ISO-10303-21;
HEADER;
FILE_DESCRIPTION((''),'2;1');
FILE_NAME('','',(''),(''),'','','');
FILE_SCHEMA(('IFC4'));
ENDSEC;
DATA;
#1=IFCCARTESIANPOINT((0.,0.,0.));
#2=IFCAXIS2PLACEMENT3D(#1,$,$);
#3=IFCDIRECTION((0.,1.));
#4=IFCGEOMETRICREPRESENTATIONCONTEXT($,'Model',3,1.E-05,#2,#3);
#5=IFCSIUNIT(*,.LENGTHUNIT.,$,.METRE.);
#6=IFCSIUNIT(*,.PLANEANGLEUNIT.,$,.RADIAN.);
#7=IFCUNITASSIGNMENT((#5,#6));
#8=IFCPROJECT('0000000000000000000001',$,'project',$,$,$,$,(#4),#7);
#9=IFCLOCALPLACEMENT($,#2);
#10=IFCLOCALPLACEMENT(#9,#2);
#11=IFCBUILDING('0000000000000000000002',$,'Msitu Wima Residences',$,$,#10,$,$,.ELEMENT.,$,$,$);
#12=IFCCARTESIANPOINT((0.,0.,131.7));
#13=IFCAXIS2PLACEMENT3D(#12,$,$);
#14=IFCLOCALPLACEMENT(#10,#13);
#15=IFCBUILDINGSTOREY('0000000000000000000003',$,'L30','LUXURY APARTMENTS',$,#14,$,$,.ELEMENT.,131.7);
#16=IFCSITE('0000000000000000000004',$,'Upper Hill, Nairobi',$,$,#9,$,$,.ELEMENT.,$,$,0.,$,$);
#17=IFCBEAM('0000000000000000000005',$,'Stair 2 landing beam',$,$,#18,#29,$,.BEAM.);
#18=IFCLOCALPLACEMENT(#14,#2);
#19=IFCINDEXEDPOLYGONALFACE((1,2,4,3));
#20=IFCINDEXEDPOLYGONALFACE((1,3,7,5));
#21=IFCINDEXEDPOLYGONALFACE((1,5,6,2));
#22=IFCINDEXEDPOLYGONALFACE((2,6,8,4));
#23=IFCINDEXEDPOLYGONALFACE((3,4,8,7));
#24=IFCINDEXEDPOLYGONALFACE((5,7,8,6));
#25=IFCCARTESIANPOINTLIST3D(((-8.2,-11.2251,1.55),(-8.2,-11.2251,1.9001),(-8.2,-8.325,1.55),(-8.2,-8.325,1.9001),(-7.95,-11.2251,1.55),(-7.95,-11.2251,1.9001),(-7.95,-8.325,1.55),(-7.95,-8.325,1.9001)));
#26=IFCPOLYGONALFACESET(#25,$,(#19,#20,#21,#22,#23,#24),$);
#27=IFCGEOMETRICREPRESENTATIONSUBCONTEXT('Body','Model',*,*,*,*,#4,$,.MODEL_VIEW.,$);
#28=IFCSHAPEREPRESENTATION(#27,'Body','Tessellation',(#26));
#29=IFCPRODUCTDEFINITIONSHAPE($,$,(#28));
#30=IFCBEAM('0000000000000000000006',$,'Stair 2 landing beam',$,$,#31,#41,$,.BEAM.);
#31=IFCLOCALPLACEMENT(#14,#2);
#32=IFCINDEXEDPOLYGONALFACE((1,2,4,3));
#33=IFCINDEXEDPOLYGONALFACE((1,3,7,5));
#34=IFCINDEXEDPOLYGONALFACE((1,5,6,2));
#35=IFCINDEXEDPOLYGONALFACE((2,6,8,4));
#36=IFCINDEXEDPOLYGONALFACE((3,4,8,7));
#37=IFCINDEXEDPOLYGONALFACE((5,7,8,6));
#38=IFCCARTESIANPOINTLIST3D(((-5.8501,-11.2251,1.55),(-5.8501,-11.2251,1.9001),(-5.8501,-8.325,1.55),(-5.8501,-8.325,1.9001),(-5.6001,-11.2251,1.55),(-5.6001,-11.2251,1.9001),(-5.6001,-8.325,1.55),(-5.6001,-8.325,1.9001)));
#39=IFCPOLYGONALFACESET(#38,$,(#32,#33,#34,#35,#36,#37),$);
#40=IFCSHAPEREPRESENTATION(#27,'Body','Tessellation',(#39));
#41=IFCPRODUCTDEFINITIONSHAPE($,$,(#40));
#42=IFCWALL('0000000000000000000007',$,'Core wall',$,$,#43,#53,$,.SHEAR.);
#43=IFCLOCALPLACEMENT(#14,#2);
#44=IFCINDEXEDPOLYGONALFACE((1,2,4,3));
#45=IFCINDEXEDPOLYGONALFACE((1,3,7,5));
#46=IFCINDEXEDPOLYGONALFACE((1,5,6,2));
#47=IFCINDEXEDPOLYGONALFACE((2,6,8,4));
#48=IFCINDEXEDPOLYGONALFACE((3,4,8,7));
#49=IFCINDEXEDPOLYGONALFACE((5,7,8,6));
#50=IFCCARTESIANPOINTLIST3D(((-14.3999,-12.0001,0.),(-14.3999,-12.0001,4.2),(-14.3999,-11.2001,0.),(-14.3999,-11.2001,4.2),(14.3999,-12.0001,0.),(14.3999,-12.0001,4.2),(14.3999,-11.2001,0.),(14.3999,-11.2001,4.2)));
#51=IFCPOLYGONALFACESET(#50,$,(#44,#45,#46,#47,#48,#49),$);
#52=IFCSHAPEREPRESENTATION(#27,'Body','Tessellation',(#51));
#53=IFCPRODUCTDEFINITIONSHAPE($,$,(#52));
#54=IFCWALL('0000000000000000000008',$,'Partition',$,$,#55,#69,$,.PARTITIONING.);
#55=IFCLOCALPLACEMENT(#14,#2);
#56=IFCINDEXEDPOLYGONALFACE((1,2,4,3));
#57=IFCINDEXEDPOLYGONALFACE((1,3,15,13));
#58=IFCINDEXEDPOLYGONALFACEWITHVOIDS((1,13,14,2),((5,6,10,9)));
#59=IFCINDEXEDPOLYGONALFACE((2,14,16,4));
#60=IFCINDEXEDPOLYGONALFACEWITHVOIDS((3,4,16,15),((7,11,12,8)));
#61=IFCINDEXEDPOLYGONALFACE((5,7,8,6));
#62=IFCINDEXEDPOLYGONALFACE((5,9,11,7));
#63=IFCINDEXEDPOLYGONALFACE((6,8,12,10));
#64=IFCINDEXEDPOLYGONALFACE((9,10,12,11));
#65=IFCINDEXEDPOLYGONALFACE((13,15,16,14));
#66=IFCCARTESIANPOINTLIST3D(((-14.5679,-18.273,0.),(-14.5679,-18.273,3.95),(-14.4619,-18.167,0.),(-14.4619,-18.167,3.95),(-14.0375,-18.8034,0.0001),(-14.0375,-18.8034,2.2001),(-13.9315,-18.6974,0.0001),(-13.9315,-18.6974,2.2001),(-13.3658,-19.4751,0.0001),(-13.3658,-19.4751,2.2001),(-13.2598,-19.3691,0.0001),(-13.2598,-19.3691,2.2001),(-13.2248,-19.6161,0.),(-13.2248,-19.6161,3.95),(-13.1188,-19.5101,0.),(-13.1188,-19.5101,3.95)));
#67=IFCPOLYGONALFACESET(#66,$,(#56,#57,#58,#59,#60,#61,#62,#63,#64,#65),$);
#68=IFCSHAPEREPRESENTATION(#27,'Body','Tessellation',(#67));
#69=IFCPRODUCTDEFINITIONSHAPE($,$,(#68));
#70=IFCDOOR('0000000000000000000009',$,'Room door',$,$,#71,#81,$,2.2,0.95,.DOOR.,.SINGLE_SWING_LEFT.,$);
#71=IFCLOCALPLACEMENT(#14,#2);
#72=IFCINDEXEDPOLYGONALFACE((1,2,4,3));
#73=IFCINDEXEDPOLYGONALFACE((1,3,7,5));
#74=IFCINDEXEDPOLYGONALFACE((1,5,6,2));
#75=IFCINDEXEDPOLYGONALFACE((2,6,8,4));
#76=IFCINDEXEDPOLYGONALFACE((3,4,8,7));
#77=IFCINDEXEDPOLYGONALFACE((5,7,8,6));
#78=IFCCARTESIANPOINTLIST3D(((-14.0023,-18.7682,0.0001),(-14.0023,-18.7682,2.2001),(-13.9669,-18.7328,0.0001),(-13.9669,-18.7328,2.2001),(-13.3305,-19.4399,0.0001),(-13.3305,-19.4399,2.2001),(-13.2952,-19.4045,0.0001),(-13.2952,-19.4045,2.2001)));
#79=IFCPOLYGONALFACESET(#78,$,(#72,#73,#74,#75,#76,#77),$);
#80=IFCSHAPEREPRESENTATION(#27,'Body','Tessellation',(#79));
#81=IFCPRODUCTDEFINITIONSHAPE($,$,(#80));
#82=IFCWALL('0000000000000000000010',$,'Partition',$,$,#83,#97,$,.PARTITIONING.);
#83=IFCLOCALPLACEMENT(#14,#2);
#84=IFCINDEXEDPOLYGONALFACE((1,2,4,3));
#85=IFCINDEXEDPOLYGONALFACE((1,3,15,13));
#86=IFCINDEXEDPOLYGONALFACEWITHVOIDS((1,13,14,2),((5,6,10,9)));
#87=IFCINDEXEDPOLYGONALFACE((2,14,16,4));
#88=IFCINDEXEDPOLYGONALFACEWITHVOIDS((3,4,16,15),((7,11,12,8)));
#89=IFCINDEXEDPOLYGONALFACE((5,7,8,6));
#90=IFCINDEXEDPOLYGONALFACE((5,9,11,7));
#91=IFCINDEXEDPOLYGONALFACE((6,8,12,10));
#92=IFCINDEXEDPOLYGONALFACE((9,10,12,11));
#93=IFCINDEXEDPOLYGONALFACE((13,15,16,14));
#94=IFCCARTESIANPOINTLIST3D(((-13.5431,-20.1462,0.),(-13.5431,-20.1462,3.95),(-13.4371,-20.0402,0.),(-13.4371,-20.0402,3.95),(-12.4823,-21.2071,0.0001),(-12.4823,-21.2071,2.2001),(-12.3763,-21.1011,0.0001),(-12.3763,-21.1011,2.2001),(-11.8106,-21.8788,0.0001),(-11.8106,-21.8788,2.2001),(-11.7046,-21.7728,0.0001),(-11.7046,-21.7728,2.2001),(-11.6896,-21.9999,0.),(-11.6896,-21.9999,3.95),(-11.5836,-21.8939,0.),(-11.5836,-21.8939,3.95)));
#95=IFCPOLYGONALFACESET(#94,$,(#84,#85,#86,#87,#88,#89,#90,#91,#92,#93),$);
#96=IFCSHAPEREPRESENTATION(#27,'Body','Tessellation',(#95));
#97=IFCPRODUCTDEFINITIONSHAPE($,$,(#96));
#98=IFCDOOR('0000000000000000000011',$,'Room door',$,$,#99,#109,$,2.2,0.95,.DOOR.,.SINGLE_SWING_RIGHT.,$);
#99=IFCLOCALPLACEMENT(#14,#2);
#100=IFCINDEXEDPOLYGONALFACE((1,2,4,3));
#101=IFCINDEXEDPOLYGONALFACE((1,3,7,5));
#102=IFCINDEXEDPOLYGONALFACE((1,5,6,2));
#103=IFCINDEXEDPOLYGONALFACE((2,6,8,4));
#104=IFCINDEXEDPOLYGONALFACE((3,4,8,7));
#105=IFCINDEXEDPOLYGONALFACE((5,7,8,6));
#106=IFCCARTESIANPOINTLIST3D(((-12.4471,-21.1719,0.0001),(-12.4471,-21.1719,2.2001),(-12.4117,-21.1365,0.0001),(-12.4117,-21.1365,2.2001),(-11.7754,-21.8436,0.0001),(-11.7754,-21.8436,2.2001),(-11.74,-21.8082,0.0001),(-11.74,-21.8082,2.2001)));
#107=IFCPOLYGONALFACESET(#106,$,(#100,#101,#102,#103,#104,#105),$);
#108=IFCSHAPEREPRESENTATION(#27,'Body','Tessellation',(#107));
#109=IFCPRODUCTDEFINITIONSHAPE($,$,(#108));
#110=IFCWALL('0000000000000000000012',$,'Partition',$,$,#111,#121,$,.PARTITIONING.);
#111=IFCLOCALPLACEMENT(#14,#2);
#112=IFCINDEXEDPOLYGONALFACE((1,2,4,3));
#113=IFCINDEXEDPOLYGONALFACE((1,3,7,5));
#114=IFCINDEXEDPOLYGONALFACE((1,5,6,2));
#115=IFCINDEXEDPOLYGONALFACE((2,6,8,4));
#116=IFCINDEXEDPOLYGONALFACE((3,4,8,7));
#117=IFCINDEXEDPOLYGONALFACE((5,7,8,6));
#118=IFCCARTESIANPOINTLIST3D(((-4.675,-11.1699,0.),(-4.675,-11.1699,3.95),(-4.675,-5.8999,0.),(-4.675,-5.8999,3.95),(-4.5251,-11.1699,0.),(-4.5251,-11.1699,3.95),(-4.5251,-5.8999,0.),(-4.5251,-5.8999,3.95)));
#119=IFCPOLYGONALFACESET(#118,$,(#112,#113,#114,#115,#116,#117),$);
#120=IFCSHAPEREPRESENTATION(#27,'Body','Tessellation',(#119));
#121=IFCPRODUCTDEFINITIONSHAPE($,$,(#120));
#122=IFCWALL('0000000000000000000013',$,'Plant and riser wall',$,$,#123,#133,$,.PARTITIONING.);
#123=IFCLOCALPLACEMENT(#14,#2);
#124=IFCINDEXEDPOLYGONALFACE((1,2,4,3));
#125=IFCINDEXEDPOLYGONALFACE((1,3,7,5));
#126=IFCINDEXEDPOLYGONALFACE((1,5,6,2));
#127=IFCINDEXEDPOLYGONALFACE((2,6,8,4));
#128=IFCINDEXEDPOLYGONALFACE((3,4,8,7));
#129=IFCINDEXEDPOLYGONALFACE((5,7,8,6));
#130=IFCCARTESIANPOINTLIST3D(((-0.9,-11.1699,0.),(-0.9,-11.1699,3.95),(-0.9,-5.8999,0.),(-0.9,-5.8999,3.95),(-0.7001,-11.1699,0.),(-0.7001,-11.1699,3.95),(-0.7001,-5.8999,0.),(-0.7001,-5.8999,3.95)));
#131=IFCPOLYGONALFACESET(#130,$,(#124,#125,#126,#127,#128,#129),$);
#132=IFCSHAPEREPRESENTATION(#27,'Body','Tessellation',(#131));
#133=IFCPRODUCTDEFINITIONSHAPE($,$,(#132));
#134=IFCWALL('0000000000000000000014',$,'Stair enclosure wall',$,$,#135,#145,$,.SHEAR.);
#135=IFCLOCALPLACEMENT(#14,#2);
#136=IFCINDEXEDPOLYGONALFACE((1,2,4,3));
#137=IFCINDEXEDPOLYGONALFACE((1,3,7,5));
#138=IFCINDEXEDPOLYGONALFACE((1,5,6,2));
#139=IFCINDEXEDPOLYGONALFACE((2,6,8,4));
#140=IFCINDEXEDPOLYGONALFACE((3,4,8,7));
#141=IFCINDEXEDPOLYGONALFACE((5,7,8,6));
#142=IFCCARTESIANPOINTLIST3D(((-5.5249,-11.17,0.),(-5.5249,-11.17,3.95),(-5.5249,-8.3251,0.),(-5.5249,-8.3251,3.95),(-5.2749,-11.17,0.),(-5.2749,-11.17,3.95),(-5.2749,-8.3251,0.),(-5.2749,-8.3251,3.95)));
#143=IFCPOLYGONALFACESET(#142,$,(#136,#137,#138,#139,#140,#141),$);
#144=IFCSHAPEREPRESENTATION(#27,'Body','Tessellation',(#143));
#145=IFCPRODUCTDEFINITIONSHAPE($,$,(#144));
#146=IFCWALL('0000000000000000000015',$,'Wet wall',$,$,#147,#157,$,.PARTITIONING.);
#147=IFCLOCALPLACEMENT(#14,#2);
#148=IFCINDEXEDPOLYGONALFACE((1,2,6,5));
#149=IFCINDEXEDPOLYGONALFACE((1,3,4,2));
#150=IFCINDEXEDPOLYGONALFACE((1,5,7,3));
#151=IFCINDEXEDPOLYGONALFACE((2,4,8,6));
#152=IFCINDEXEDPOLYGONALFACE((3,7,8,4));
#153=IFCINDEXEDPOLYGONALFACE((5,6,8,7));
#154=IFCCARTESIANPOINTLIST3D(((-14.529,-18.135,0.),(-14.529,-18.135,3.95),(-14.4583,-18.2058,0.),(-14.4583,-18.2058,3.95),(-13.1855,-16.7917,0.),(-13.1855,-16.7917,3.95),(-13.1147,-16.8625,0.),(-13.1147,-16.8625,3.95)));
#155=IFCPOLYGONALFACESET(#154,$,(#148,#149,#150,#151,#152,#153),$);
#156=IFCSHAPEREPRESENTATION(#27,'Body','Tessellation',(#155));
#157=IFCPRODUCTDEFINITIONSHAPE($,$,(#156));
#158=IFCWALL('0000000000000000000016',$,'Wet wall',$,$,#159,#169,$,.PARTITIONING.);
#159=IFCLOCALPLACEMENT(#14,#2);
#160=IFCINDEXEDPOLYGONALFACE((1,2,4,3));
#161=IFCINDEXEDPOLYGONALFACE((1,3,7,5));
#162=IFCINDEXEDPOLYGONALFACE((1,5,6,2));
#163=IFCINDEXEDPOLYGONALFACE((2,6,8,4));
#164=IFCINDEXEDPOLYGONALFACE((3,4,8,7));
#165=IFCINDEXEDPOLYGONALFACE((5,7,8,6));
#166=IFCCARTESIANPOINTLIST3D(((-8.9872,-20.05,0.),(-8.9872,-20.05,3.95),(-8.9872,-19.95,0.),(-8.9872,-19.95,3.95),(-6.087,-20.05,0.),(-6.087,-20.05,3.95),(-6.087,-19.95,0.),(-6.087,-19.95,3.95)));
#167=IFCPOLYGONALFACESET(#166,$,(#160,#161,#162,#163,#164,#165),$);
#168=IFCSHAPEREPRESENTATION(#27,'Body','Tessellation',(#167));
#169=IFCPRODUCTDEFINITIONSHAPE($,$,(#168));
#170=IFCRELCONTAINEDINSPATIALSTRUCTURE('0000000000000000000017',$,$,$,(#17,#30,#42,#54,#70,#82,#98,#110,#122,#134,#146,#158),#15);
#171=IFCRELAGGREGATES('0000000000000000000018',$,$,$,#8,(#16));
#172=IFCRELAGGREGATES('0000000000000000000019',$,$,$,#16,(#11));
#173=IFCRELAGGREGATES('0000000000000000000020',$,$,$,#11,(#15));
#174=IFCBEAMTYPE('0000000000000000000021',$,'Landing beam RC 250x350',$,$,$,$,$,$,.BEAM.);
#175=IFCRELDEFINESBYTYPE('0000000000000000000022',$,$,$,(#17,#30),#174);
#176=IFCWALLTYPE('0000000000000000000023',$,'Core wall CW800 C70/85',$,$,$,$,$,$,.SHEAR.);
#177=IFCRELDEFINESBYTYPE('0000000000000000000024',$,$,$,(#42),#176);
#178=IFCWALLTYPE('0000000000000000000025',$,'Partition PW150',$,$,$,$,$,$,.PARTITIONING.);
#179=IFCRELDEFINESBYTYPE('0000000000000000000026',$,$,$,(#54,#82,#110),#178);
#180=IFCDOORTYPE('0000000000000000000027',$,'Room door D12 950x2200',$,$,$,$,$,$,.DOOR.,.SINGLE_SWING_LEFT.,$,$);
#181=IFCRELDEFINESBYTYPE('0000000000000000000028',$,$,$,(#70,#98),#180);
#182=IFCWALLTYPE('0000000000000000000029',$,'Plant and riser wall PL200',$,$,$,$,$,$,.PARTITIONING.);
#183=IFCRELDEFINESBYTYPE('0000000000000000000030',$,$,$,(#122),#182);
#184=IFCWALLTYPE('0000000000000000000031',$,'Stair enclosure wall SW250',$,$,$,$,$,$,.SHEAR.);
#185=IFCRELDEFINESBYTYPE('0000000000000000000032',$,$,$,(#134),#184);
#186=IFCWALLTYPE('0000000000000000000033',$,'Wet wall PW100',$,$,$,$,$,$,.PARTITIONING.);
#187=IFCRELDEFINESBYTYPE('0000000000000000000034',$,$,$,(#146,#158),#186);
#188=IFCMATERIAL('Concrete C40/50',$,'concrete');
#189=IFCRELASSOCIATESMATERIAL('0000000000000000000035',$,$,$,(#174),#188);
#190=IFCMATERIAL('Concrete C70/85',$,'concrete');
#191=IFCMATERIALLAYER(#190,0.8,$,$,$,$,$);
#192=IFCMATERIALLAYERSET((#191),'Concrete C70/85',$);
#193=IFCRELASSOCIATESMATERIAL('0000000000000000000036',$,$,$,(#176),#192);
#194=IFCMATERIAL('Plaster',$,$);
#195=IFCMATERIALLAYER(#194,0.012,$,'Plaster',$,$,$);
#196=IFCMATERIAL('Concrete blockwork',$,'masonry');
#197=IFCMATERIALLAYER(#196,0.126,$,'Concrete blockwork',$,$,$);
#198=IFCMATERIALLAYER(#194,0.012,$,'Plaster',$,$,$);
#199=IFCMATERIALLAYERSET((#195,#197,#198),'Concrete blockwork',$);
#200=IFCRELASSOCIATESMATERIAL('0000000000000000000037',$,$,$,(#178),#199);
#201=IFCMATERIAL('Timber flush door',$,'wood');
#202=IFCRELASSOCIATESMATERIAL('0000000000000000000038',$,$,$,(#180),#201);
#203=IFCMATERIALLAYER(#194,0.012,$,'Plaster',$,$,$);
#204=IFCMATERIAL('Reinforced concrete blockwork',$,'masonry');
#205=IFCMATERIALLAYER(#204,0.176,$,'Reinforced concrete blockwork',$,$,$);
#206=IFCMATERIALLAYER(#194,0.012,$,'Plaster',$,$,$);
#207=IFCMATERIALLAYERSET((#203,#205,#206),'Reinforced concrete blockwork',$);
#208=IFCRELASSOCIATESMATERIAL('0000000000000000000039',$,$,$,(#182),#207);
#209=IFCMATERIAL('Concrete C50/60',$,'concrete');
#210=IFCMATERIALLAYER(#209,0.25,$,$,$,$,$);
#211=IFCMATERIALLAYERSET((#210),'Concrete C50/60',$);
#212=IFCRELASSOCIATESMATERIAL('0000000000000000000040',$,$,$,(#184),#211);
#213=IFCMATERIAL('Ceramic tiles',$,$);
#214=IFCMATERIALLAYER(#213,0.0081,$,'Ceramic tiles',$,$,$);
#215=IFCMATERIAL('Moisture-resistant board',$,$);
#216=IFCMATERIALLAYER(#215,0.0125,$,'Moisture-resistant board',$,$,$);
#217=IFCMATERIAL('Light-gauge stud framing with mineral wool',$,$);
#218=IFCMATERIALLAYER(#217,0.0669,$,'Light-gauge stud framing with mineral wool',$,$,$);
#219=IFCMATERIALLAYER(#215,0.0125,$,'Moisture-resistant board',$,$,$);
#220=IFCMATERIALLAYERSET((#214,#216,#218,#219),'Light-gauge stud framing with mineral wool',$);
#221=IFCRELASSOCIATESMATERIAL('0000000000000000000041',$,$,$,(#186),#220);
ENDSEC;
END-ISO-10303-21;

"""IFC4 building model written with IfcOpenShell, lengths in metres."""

from ifc_helpers import new_model, si_unit, direction, frame, frame_2d, origin, origin_2d, place, context, subcontext, project, spatial, rectangle, extrude, material, layer, layer_set, material_profile, profile_set, type_object, element, fill, save


model = new_model("IFC4")

# Units and contexts
model_context = context("Model", 3, precision=1e-05, world=origin(), true_north=direction((0.0, 1.0)))
body_context = subcontext(model_context, "Body", "Model", "MODEL_VIEW")
ifc_project = project(units=[si_unit("LENGTHUNIT", "METRE"), si_unit("PLANEANGLEUNIT", "RADIAN")], contexts=[model_context])

# Site, building, storey
site_placement = place(None, origin())
site = spatial("IfcSite", under=ifc_project, at=site_placement, Name="Upper Hill, Nairobi", CompositionType="ELEMENT", RefElevation=0.0)
building_placement = place(site_placement, origin())
building = spatial("IfcBuilding", under=site, at=building_placement, Name="Msitu Wima Residences", CompositionType="ELEMENT")
storey_placement = place(building_placement, frame((0.0, 0.0, 131.7)))
storey = spatial("IfcBuildingStorey", under=building, at=storey_placement, Name="L30", Description="LUXURY APARTMENTS", CompositionType="ELEMENT", Elevation=131.7)

# Beams
ifc_material_1 = material(Name="Concrete C40/50", Category="concrete")
ifc_material_profile = material_profile(ifc_material_1, rectangle(XDim=0.25, YDim=0.3501, at=origin_2d()), Name="RC 250x350")
ifc_profile_set = profile_set([ifc_material_profile], Name="Concrete C40/50")
beam_type = type_object("IfcBeamType", Name="Landing beam RC 250x350", PredefinedType="BEAM", material=ifc_profile_set)
for number, where, z_axis, x_axis, name in (
    (1, (-8.075, -11.2251, 1.7251), (0.0, 1.0, 0.0), (-1.0, 0.0, 0.0), "Stair 2 landing beam"),
    (2, (-5.7251, -11.2251, 1.7251), (0.0, 1.0, 0.0), (-1.0, 0.0, 0.0), "Stair 2 landing beam"),
):
    element("IfcBeam", number, at=place(storey_placement, frame(where, z_axis=z_axis, x_axis=x_axis)), inside=storey, type_object=beam_type, Name=name, PredefinedType="BEAM", context=body_context, shape_type="SweptSolid", body=[
        extrude(rectangle(XDim=0.25, YDim=0.3501, at=origin_2d()), origin(), (0.0, 0.0, 1.0), 2.9001),
    ])

# Wall
ifc_material_2 = material(Name="Concrete C70/85", Category="concrete")
ifc_layer_1 = layer(ifc_material_2, 0.8)
ifc_layer_set_1 = layer_set([ifc_layer_1], Name="Concrete C70/85")
wall_type_1 = type_object("IfcWallType", Name="Core wall CW800 C70/85", PredefinedType="SHEAR", material=ifc_layer_set_1)
wall_1_placement = place(storey_placement, frame((-14.3999, -11.6001, 0.0), z_axis=(0.0, 0.0, 1.0), x_axis=(1.0, 0.0, 0.0)))
element("IfcWall", 3, at=wall_1_placement, inside=storey, type_object=wall_type_1, Name="Core wall", PredefinedType="SHEAR", context=body_context, shape_type="SweptSolid", body=[
    extrude(rectangle(XDim=28.7998, YDim=0.8, at=frame_2d((14.3999, 0.0))), origin(), (0.0, 0.0, 1.0), 4.2),
])

# Walls, openings, doors
ifc_material_3 = material(Name="Plaster")
ifc_layer_2 = layer(ifc_material_3, 0.012, Name="Plaster")
ifc_material_4 = material(Name="Concrete blockwork", Category="masonry")
ifc_layer_3 = layer(ifc_material_4, 0.126, Name="Concrete blockwork")
ifc_layer_4 = layer(ifc_material_3, 0.012, Name="Plaster")
ifc_layer_set_2 = layer_set([ifc_layer_2, ifc_layer_3, ifc_layer_4], Name="Concrete blockwork")
wall_type_2 = type_object("IfcWallType", Name="Partition PW150", PredefinedType="PARTITIONING", material=ifc_layer_set_2)
wall_2_placement = place(storey_placement, frame((-14.5149, -18.22, 0.0), z_axis=(0.0, 0.0, 1.0), x_axis=(0.707107, -0.707107, 0.0)))
wall_2 = element("IfcWall", 4, at=wall_2_placement, inside=storey, type_object=wall_type_2, Name="Partition", PredefinedType="PARTITIONING", context=body_context, shape_type="SweptSolid", body=[
    extrude(rectangle(XDim=1.8994, YDim=0.1499, at=frame_2d((0.9497, 0.0))), origin(), (0.0, 0.0, 1.0), 3.95),
])
opening_1_placement = place(wall_2_placement, frame((0.75, 0.0, 0.0)))
opening_1 = element("IfcOpeningElement", 5, at=opening_1_placement, cuts=wall_2, PredefinedType="OPENING", context=body_context, shape_type="SweptSolid", body=[
    extrude(rectangle(XDim=0.95, YDim=2.2, at=frame_2d((0.4751, 1.1001))), frame((0.0, 0.085, 0.0), z_axis=(0.0, -1.0, 0.0), x_axis=(1.0, 0.0, 0.0)), (0.0, 0.0, 1.0), 0.1699),
])
ifc_material_5 = material(Name="Timber flush door", Category="wood")
door_type_1 = type_object("IfcDoorType", Name="Room door D12 950x2200", OperationType="SINGLE_SWING_LEFT", PredefinedType="DOOR", material=ifc_material_5)
door_1_placement = place(opening_1_placement, origin())
door_1 = element("IfcDoor", 6, at=door_1_placement, inside=storey, type_object=door_type_1, Name="Room door", OperationType="SINGLE_SWING_LEFT", OverallHeight=2.2, OverallWidth=0.95, PredefinedType="DOOR", context=body_context, shape_type="SweptSolid", body=[
    extrude(rectangle(XDim=0.95, YDim=2.2, at=frame_2d((0.4751, 1.1001))), frame((0.0, 0.0249, 0.0), z_axis=(0.0, -1.0, 0.0), x_axis=(1.0, 0.0, 0.0)), (0.0, 0.0, 1.0), 0.05),
])
fill(opening_1, door_1)
wall_3_placement = place(storey_placement, frame((-13.49, -20.0933, 0.0), z_axis=(0.0, 0.0, 1.0), x_axis=(0.70706, -0.707153, 0.0)))
wall_3 = element("IfcWall", 7, at=wall_3_placement, inside=storey, type_object=wall_type_2, Name="Partition", PredefinedType="PARTITIONING", context=body_context, shape_type="SweptSolid", body=[
    extrude(rectangle(XDim=2.6213, YDim=0.1499, at=frame_2d((1.3105, 0.0))), origin(), (0.0, 0.0, 1.0), 3.95),
])
opening_2_placement = place(wall_3_placement, frame((1.5, 0.0, 0.0)))
opening_2 = element("IfcOpeningElement", 8, at=opening_2_placement, cuts=wall_3, PredefinedType="OPENING", context=body_context, shape_type="SweptSolid", body=[
    extrude(rectangle(XDim=0.95, YDim=2.2, at=frame_2d((0.4751, 1.1001))), frame((0.0, 0.085, 0.0), z_axis=(0.0, -1.0, 0.0), x_axis=(1.0, 0.0, 0.0)), (0.0, 0.0, 1.0), 0.1699),
])
door_2_placement = place(opening_2_placement, origin())
door_2 = element("IfcDoor", 9, at=door_2_placement, inside=storey, type_object=door_type_1, Name="Room door", OperationType="SINGLE_SWING_RIGHT", OverallHeight=2.2, OverallWidth=0.95, PredefinedType="DOOR", context=body_context, shape_type="SweptSolid", body=[
    extrude(rectangle(XDim=0.95, YDim=2.2, at=frame_2d((0.4751, 1.1001))), frame((0.0, 0.0249, 0.0), z_axis=(0.0, -1.0, 0.0), x_axis=(1.0, 0.0, 0.0)), (0.0, 0.0, 1.0), 0.05),
])
fill(opening_2, door_2)

# Walls
wall_4_placement = place(storey_placement, frame((-4.6001, -11.1699, 0.0), z_axis=(0.0, 0.0, 1.0), x_axis=(0.0, 1.0, 0.0)))
element("IfcWall", 10, at=wall_4_placement, inside=storey, type_object=wall_type_2, Name="Partition", PredefinedType="PARTITIONING", context=body_context, shape_type="SweptSolid", body=[
    extrude(rectangle(XDim=5.27, YDim=0.1499, at=frame_2d((2.635, 0.0))), origin(), (0.0, 0.0, 1.0), 3.95),
])
ifc_layer_5 = layer(ifc_material_3, 0.012, Name="Plaster")
ifc_material_6 = material(Name="Reinforced concrete blockwork", Category="masonry")
ifc_layer_6 = layer(ifc_material_6, 0.176, Name="Reinforced concrete blockwork")
ifc_layer_7 = layer(ifc_material_3, 0.012, Name="Plaster")
ifc_layer_set_3 = layer_set([ifc_layer_5, ifc_layer_6, ifc_layer_7], Name="Reinforced concrete blockwork")
wall_type_3 = type_object("IfcWallType", Name="Plant and riser wall PL200", PredefinedType="PARTITIONING", material=ifc_layer_set_3)
wall_5_placement = place(storey_placement, frame((-0.8, -11.1699, 0.0), z_axis=(0.0, 0.0, 1.0), x_axis=(0.0, 1.0, 0.0)))
element("IfcWall", 11, at=wall_5_placement, inside=storey, type_object=wall_type_3, Name="Plant and riser wall", PredefinedType="PARTITIONING", context=body_context, shape_type="SweptSolid", body=[
    extrude(rectangle(XDim=5.27, YDim=0.2, at=frame_2d((2.635, 0.0))), origin(), (0.0, 0.0, 1.0), 3.95),
])
ifc_material_7 = material(Name="Concrete C50/60", Category="concrete")
ifc_layer_8 = layer(ifc_material_7, 0.25)
ifc_layer_set_4 = layer_set([ifc_layer_8], Name="Concrete C50/60")
wall_type_4 = type_object("IfcWallType", Name="Stair enclosure wall SW250", PredefinedType="SHEAR", material=ifc_layer_set_4)
wall_6_placement = place(storey_placement, frame((-5.3999, -11.1699, 0.0), z_axis=(0.0, 0.0, 1.0), x_axis=(0.0, 1.0, 0.0)))
element("IfcWall", 12, at=wall_6_placement, inside=storey, type_object=wall_type_4, Name="Stair enclosure wall", PredefinedType="SHEAR", context=body_context, shape_type="SweptSolid", body=[
    extrude(rectangle(XDim=2.845, YDim=0.25, at=frame_2d((1.4224, 0.0))), origin(), (0.0, 0.0, 1.0), 3.95),
])
ifc_material_8 = material(Name="Ceramic tiles")
ifc_layer_9 = layer(ifc_material_8, 0.0081, Name="Ceramic tiles")
ifc_material_9 = material(Name="Moisture-resistant board")
ifc_layer_10 = layer(ifc_material_9, 0.0125, Name="Moisture-resistant board")
ifc_material_10 = material(Name="Light-gauge stud framing with mineral wool")
ifc_layer_11 = layer(ifc_material_10, 0.0669, Name="Light-gauge stud framing with mineral wool")
ifc_layer_12 = layer(ifc_material_9, 0.0125, Name="Moisture-resistant board")
ifc_layer_set_5 = layer_set([ifc_layer_9, ifc_layer_10, ifc_layer_11, ifc_layer_12], Name="Light-gauge stud framing with mineral wool")
wall_type_5 = type_object("IfcWallType", Name="Wet wall PW100", PredefinedType="PARTITIONING", material=ifc_layer_set_5)
wall_7_placement = place(storey_placement, frame((-14.4937, -18.1704, 0.0), z_axis=(0.0, 0.0, 1.0), x_axis=(0.707171, 0.707043, 0.0)))
element("IfcWall", 13, at=wall_7_placement, inside=storey, type_object=wall_type_5, Name="Wet wall", PredefinedType="PARTITIONING", context=body_context, shape_type="SweptSolid", body=[
    extrude(rectangle(XDim=1.8999, YDim=0.1001, at=frame_2d((0.95, 0.0))), origin(), (0.0, 0.0, 1.0), 3.95),
])
wall_8_placement = place(storey_placement, frame((-8.9873, -20.0, 0.0), z_axis=(0.0, 0.0, 1.0), x_axis=(1.0, 0.0, 0.0)))
element("IfcWall", 14, at=wall_8_placement, inside=storey, type_object=wall_type_5, Name="Wet wall", PredefinedType="PARTITIONING", context=body_context, shape_type="SweptSolid", body=[
    extrude(rectangle(XDim=2.9001, YDim=0.1001, at=frame_2d((1.4502, 0.0))), origin(), (0.0, 0.0, 1.0), 3.95),
])

save(model, "model.ifc")
